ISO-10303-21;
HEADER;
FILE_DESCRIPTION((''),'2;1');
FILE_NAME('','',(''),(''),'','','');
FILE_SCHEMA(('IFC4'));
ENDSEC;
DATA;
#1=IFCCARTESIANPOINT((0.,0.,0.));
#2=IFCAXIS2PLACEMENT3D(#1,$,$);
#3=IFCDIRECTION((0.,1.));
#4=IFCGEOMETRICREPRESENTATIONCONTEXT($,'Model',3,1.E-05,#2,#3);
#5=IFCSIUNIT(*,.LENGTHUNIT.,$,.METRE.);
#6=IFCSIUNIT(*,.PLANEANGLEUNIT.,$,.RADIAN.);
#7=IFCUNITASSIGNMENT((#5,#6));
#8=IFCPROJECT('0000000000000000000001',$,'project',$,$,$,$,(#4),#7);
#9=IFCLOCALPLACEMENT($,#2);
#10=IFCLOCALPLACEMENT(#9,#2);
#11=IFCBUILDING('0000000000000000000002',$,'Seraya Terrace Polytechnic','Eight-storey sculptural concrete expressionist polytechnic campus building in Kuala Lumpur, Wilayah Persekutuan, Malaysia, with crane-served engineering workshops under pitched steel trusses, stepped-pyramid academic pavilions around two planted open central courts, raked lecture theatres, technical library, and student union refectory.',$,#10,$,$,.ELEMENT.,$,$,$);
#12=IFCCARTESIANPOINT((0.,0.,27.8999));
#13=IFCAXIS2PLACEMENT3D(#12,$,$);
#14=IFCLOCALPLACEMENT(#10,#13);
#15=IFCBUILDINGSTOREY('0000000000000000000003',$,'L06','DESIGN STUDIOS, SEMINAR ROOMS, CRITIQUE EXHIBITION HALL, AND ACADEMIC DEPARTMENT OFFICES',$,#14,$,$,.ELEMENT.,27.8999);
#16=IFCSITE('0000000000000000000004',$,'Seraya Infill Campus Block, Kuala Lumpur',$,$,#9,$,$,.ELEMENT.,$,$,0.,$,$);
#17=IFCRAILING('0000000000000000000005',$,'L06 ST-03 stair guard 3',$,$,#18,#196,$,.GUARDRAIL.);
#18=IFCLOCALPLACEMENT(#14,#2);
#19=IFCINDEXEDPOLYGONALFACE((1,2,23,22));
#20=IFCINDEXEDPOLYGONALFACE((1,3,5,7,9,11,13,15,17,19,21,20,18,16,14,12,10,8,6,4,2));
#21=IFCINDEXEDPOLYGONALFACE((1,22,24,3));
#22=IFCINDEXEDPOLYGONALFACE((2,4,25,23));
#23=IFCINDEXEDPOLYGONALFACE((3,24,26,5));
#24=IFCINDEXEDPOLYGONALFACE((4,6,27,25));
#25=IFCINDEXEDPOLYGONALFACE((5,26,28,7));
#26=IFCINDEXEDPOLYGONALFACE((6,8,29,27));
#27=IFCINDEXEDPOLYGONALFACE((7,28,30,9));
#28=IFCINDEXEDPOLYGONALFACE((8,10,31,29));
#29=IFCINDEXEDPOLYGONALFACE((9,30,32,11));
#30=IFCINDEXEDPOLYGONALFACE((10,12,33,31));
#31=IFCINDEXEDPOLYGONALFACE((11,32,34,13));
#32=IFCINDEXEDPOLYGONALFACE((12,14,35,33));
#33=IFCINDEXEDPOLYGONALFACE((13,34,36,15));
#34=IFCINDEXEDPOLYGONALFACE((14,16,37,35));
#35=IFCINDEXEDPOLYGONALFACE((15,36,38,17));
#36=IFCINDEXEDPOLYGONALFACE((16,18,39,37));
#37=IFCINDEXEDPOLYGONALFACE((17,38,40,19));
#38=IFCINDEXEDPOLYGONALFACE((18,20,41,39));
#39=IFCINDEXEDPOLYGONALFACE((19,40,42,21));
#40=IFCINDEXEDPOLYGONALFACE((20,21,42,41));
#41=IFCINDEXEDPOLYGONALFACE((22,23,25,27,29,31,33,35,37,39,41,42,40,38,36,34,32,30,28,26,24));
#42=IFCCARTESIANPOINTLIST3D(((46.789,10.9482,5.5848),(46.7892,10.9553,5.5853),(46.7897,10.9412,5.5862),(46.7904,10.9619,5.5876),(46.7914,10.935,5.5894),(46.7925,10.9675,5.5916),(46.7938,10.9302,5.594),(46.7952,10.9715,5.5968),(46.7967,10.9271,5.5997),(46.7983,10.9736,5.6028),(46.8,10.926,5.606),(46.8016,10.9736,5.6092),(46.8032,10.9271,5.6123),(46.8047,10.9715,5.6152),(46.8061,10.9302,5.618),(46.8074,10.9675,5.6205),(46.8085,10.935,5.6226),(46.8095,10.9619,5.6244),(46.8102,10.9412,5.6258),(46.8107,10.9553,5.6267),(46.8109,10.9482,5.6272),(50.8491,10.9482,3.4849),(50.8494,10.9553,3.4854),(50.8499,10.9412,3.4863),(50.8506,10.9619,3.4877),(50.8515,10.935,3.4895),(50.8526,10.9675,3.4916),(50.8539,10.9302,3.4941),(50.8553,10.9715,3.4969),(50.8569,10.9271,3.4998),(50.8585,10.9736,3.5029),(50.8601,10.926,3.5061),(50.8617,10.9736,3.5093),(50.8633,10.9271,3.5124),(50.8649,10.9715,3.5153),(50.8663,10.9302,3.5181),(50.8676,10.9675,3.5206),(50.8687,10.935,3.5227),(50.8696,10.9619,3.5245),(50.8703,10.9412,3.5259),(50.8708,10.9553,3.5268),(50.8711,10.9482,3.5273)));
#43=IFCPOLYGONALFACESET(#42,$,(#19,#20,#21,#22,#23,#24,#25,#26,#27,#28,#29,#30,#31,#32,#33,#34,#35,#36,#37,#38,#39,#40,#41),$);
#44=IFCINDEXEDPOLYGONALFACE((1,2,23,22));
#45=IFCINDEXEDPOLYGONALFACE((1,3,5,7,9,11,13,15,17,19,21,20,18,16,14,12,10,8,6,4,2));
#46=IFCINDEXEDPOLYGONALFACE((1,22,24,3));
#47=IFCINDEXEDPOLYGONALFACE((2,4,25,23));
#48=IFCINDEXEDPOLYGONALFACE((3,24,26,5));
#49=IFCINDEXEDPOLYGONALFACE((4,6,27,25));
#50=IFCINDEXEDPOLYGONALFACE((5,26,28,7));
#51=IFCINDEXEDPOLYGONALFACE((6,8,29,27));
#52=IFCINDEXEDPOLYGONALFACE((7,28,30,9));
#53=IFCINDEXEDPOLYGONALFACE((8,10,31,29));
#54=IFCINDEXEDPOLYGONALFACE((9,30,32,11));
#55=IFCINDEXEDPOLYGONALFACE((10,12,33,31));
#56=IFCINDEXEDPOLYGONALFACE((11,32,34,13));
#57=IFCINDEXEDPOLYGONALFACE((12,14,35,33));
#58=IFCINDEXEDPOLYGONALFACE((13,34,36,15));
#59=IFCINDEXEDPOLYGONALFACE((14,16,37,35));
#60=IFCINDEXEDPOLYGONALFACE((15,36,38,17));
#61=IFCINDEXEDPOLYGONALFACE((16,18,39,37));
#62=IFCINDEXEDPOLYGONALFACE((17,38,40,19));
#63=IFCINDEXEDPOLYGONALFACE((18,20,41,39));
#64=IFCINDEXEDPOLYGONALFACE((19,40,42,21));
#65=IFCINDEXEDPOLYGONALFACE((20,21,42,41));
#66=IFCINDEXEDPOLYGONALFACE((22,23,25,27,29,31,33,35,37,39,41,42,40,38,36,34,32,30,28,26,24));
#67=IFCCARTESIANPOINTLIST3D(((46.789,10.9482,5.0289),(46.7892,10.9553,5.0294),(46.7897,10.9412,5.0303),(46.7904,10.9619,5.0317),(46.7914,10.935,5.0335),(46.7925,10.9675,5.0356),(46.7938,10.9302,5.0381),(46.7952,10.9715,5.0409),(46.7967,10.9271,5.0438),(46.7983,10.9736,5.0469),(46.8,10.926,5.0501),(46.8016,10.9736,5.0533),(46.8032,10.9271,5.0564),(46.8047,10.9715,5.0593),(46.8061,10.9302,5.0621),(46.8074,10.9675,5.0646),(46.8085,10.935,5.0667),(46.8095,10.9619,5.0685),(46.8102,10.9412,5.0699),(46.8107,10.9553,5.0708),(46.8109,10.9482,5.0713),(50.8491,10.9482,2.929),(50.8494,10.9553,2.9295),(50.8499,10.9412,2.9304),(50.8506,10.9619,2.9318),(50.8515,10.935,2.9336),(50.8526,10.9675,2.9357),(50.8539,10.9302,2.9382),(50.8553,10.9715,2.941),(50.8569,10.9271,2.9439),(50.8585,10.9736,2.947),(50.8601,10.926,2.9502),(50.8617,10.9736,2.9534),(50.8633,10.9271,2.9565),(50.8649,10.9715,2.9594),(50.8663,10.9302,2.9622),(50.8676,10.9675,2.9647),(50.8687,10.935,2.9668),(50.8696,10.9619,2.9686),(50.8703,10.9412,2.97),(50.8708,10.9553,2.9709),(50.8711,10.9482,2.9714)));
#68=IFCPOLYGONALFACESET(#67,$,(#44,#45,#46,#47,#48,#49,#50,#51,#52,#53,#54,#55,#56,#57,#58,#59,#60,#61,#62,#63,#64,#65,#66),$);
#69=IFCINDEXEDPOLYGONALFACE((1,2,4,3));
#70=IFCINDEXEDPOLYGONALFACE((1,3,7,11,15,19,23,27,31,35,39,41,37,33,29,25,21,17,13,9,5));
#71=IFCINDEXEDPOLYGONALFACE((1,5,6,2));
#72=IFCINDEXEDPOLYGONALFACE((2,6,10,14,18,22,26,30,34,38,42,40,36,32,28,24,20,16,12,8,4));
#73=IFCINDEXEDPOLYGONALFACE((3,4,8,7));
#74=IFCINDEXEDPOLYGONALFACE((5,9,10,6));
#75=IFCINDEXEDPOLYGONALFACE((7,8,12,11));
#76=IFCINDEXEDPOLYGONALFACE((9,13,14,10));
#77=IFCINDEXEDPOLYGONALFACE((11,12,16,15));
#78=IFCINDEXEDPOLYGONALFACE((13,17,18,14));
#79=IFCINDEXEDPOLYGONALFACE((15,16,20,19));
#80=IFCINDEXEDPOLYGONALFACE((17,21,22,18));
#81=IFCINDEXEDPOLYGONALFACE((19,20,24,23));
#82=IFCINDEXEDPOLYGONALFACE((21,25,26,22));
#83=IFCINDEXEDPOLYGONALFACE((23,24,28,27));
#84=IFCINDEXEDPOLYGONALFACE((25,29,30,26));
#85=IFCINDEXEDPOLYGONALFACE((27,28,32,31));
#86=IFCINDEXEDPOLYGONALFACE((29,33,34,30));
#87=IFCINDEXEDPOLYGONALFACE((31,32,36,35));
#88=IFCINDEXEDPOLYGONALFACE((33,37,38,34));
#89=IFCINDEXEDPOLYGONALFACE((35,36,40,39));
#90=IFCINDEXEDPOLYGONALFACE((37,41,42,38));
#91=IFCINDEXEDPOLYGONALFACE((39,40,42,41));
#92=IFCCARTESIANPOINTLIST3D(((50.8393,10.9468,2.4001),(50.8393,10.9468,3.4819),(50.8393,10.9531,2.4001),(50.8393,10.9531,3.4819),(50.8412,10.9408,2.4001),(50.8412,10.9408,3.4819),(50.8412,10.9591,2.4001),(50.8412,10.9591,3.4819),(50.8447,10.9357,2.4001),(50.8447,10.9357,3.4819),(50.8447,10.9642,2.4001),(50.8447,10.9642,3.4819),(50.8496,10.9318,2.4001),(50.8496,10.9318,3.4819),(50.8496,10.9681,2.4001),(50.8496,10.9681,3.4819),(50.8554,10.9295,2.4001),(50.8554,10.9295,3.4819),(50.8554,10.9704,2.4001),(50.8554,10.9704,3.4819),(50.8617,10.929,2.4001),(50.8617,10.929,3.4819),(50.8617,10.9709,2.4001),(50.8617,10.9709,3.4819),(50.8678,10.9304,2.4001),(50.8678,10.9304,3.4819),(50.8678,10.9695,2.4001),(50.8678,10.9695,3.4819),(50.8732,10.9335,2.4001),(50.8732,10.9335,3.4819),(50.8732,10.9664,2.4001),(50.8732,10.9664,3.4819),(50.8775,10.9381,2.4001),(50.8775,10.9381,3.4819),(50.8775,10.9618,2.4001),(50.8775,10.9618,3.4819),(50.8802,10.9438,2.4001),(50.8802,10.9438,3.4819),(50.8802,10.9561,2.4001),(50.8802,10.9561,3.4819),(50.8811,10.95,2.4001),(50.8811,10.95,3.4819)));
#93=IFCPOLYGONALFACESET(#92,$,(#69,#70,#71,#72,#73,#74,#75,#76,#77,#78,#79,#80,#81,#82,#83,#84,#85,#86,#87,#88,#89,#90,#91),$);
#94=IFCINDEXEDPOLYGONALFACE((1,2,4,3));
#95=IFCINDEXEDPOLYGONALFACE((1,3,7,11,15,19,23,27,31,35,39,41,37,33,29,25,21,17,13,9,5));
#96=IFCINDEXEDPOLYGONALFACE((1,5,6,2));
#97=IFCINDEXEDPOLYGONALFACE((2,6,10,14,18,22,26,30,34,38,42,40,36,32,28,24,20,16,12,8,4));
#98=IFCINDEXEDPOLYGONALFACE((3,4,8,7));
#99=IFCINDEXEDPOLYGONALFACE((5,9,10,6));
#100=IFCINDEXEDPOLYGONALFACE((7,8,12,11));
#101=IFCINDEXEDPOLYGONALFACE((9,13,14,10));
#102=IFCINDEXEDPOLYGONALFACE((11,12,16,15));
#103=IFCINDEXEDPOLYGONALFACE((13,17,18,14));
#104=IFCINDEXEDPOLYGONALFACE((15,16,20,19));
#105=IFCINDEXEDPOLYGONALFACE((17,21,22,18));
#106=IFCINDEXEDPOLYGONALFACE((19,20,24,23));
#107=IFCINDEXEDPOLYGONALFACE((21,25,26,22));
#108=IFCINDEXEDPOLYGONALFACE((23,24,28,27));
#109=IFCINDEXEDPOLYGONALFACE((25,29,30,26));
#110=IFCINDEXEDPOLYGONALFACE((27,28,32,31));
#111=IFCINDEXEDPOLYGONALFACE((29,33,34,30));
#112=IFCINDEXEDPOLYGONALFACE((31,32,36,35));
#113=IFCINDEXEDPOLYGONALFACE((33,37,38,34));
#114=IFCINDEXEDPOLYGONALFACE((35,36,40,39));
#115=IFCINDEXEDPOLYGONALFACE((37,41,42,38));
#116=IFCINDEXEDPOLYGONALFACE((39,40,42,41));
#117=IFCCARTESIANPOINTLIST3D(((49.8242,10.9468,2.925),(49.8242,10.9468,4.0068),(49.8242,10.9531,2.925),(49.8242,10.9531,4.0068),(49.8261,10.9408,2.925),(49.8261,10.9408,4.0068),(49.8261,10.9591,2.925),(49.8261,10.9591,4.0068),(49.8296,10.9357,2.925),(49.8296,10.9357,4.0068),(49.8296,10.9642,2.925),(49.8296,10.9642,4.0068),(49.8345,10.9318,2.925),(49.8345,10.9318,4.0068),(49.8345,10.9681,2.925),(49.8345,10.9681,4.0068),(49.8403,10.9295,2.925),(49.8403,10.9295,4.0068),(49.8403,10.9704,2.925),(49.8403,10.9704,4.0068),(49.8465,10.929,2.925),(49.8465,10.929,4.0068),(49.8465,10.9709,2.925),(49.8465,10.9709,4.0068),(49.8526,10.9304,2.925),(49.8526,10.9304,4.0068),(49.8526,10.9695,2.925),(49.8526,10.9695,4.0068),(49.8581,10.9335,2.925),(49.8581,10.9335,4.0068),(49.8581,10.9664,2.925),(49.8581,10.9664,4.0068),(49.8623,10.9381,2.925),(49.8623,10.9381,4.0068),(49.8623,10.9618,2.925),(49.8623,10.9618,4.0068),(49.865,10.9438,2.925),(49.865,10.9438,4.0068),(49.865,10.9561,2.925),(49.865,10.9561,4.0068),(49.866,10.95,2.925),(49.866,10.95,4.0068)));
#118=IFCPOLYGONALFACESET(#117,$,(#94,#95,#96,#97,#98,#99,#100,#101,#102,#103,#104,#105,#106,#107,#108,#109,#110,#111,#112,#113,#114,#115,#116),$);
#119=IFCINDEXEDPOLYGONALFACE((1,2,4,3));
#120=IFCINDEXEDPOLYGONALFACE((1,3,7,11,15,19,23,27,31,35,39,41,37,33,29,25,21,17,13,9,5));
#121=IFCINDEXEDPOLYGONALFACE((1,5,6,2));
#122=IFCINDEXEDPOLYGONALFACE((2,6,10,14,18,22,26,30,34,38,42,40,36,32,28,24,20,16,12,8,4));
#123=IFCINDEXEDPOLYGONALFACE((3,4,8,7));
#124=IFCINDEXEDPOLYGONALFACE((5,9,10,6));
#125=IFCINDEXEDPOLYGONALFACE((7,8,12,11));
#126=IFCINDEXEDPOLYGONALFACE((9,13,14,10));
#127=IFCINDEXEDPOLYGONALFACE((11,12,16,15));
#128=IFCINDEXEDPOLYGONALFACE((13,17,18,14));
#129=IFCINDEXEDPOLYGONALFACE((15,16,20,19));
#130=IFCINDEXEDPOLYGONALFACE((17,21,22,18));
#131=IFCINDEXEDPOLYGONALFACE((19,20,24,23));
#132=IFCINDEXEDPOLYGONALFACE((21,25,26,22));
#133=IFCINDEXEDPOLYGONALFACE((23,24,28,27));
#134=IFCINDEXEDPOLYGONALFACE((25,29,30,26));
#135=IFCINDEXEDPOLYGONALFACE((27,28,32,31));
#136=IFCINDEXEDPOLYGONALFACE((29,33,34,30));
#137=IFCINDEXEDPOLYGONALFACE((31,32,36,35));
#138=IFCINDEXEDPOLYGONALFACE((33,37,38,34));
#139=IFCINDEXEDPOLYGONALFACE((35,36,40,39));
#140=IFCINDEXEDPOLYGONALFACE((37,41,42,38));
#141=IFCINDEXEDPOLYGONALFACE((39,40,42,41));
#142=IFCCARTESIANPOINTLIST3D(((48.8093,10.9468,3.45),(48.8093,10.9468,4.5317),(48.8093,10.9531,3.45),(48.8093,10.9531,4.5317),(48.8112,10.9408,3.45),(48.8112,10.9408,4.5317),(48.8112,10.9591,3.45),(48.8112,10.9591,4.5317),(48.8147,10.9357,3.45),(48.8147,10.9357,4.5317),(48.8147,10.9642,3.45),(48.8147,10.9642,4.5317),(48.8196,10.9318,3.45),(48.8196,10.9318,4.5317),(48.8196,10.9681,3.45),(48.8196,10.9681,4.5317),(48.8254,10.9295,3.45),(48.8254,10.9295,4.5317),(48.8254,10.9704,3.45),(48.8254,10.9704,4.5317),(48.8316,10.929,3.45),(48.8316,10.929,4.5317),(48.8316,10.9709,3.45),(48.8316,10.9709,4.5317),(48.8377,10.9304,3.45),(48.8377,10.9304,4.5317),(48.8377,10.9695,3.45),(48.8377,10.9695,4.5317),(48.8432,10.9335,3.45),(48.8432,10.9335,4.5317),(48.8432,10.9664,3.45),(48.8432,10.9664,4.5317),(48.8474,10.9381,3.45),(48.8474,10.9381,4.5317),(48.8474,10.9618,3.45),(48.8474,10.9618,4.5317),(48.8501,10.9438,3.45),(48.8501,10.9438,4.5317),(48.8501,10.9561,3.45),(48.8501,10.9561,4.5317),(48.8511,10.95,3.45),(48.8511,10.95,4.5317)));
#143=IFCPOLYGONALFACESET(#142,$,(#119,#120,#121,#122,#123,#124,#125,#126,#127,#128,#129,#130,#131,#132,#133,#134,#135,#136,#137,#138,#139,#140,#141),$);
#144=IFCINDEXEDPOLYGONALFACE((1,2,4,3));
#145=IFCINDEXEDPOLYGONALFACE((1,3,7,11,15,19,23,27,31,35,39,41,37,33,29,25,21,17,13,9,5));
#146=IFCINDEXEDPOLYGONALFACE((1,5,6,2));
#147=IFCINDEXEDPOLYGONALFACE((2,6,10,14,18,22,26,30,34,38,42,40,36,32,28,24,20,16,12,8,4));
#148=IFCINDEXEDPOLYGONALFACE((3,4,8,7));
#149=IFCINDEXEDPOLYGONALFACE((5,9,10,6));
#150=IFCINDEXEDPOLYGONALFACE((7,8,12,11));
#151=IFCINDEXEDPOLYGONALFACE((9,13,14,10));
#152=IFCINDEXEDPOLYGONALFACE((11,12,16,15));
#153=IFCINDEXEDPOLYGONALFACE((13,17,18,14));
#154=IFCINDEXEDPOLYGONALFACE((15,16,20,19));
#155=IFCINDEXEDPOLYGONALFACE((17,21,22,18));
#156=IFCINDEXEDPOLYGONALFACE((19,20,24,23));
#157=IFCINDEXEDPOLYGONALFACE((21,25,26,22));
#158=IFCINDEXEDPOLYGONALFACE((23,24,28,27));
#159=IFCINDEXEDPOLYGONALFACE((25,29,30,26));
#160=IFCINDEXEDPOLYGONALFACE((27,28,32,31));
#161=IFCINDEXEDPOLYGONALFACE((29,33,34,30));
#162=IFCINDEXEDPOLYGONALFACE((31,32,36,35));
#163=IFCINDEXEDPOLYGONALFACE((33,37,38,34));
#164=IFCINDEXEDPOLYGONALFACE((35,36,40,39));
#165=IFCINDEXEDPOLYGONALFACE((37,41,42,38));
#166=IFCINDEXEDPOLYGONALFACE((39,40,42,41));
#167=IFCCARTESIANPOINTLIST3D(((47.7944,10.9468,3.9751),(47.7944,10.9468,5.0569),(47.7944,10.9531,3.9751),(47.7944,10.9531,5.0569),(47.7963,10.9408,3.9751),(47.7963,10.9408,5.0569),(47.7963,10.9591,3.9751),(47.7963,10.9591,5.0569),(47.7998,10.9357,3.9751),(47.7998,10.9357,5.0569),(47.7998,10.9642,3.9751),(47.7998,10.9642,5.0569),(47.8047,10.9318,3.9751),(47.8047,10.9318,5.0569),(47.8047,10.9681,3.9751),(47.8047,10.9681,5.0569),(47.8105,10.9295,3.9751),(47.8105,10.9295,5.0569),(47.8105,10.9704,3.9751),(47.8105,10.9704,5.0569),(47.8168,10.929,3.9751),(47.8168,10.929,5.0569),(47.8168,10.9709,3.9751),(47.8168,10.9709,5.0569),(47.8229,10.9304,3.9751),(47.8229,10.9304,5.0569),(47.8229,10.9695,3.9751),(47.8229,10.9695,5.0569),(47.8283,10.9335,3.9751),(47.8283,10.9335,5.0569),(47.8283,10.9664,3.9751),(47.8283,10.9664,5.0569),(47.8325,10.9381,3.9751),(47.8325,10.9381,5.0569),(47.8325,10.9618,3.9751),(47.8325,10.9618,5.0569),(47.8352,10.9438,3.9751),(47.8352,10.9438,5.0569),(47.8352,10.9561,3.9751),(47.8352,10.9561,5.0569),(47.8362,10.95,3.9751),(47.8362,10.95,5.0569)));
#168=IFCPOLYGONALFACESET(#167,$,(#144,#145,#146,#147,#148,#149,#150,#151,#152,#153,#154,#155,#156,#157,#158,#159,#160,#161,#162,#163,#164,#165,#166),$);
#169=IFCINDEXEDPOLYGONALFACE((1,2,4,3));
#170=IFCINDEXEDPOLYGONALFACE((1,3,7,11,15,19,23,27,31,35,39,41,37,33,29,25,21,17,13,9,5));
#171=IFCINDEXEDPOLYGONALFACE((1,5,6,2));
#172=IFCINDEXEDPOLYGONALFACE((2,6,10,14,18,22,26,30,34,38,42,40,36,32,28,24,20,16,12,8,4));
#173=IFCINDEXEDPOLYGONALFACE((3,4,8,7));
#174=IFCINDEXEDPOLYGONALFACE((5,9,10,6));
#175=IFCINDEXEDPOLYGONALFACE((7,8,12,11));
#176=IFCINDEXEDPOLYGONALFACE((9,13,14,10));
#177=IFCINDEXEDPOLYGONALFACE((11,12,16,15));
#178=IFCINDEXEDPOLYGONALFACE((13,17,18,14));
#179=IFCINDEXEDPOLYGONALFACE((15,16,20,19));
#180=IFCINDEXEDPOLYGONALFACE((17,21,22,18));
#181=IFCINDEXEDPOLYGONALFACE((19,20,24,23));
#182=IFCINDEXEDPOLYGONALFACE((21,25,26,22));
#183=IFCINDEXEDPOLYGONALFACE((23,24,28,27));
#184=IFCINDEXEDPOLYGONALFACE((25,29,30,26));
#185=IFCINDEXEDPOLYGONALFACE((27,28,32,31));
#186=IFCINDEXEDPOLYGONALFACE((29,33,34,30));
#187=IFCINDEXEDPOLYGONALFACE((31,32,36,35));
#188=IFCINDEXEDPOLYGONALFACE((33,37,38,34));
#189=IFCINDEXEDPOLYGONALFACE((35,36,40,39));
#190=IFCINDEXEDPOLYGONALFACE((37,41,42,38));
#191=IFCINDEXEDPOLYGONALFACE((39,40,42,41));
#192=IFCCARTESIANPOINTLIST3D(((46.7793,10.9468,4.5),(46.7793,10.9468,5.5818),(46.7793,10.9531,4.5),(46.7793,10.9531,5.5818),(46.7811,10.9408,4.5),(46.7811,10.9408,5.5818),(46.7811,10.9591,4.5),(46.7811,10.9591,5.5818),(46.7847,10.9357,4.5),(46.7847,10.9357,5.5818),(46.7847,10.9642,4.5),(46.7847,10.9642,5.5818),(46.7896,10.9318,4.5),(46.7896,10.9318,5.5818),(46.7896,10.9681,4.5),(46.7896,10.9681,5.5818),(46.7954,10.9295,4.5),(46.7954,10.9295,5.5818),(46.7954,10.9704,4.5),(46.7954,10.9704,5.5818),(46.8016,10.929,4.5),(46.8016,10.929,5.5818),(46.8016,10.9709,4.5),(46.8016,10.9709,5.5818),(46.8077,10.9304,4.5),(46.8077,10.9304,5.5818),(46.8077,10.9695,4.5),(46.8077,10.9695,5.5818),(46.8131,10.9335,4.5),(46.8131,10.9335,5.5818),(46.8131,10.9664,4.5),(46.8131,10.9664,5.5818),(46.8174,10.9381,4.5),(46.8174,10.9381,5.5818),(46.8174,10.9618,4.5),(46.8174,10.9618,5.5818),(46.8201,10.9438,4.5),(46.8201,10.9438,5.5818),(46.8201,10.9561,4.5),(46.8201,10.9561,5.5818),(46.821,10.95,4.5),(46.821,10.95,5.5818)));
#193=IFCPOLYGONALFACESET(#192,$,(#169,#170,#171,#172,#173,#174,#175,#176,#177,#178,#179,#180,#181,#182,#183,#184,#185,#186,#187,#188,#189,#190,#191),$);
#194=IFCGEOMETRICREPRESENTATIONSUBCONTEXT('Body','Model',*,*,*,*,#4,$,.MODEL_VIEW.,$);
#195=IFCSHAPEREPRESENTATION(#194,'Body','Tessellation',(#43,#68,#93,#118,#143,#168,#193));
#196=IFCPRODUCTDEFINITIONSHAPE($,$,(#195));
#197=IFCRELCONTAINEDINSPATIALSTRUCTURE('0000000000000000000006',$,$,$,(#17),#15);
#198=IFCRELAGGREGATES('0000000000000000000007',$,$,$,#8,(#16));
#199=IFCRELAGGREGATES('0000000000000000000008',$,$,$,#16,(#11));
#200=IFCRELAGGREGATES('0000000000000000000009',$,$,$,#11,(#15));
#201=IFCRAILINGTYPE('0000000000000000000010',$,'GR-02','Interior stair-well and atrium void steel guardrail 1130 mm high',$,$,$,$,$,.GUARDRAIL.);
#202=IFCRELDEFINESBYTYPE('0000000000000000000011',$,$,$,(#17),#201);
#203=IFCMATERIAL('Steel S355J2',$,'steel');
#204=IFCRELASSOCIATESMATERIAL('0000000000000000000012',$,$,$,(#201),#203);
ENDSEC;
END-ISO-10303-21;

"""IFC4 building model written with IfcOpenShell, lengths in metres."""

from ifc_helpers import new_model, si_unit, direction, frame, origin, origin_2d, place, context, subcontext, project, spatial, circle, extrude, material, type_object, element, save


model = new_model("IFC4")

# Units and contexts
model_context = context("Model", 3, precision=1e-05, world=origin(), true_north=direction((0.0, 1.0)))
body_context = subcontext(model_context, "Body", "Model", "MODEL_VIEW")
ifc_project = project(units=[si_unit("LENGTHUNIT", "METRE"), si_unit("PLANEANGLEUNIT", "RADIAN")], contexts=[model_context])

# Site, building, storey
site_placement = place(None, origin())
site = spatial("IfcSite", under=ifc_project, at=site_placement, Name="Seraya Infill Campus Block, Kuala Lumpur", CompositionType="ELEMENT", RefElevation=0.0)
building_placement = place(site_placement, origin())
building = spatial("IfcBuilding", under=site, at=building_placement, Name="Seraya Terrace Polytechnic", Description="Eight-storey sculptural concrete expressionist polytechnic campus building in Kuala Lumpur, Wilayah Persekutuan, Malaysia, with crane-served engineering workshops under pitched steel trusses, stepped-pyramid academic pavilions around two planted open central courts, raked lecture theatres, technical library, and student union refectory.", CompositionType="ELEMENT")
storey_placement = place(building_placement, frame((0.0, 0.0, 27.8999)))
storey = spatial("IfcBuildingStorey", under=building, at=storey_placement, Name="L06", Description="DESIGN STUDIOS, SEMINAR ROOMS, CRITIQUE EXHIBITION HALL, AND ACADEMIC DEPARTMENT OFFICES", CompositionType="ELEMENT", Elevation=27.8999)

# Railing
ifc_material_1 = material(Name="Steel S355J2", Category="steel")
railing_type_1 = type_object("IfcRailingType", Name="GR-02", Description="Interior stair-well and atrium void steel guardrail 1130 mm high", PredefinedType="GUARDRAIL", material=ifc_material_1)
railing_1_placement = place(storey_placement, frame((50.8601, 10.95, 2.4001)))
element("IfcRailing", 1, at=railing_1_placement, inside=storey, type_object=railing_type_1, Name="L06 ST-03 stair guard 3", PredefinedType="GUARDRAIL", context=body_context, shape_type="SweptSolid", body=[
    extrude(circle(Radius=0.0239, at=origin_2d()), frame((0.0, 0.0, 1.106), z_axis=(-0.888233, 0.0, 0.459392), x_axis=(0.0, -1.0, 0.0)), (0.0, 0.0, 1.0), 4.571),
    extrude(circle(Radius=0.0239, at=origin_2d()), frame((0.0, 0.0, 0.55), z_axis=(-0.888233, 0.0, 0.459392), x_axis=(0.0, -1.0, 0.0)), (0.0, 0.0, 1.0), 4.571),
    extrude(circle(Radius=0.021, at=origin_2d()), origin(), (0.0, 0.0, 1.0), 1.0818),
    extrude(circle(Radius=0.021, at=origin_2d()), frame((-1.0151, 0.0, 0.5249)), (0.0, 0.0, 1.0), 1.0818),
    extrude(circle(Radius=0.021, at=origin_2d()), frame((-2.03, 0.0, 1.0498)), (0.0, 0.0, 1.0), 1.0818),
    extrude(circle(Radius=0.021, at=origin_2d()), frame((-3.0449, 0.0, 1.575)), (0.0, 0.0, 1.0), 1.0818),
    extrude(circle(Radius=0.021, at=origin_2d()), frame((-4.0601, 0.0, 2.0999)), (0.0, 0.0, 1.0), 1.0818),
])

save(model, "model.ifc")
